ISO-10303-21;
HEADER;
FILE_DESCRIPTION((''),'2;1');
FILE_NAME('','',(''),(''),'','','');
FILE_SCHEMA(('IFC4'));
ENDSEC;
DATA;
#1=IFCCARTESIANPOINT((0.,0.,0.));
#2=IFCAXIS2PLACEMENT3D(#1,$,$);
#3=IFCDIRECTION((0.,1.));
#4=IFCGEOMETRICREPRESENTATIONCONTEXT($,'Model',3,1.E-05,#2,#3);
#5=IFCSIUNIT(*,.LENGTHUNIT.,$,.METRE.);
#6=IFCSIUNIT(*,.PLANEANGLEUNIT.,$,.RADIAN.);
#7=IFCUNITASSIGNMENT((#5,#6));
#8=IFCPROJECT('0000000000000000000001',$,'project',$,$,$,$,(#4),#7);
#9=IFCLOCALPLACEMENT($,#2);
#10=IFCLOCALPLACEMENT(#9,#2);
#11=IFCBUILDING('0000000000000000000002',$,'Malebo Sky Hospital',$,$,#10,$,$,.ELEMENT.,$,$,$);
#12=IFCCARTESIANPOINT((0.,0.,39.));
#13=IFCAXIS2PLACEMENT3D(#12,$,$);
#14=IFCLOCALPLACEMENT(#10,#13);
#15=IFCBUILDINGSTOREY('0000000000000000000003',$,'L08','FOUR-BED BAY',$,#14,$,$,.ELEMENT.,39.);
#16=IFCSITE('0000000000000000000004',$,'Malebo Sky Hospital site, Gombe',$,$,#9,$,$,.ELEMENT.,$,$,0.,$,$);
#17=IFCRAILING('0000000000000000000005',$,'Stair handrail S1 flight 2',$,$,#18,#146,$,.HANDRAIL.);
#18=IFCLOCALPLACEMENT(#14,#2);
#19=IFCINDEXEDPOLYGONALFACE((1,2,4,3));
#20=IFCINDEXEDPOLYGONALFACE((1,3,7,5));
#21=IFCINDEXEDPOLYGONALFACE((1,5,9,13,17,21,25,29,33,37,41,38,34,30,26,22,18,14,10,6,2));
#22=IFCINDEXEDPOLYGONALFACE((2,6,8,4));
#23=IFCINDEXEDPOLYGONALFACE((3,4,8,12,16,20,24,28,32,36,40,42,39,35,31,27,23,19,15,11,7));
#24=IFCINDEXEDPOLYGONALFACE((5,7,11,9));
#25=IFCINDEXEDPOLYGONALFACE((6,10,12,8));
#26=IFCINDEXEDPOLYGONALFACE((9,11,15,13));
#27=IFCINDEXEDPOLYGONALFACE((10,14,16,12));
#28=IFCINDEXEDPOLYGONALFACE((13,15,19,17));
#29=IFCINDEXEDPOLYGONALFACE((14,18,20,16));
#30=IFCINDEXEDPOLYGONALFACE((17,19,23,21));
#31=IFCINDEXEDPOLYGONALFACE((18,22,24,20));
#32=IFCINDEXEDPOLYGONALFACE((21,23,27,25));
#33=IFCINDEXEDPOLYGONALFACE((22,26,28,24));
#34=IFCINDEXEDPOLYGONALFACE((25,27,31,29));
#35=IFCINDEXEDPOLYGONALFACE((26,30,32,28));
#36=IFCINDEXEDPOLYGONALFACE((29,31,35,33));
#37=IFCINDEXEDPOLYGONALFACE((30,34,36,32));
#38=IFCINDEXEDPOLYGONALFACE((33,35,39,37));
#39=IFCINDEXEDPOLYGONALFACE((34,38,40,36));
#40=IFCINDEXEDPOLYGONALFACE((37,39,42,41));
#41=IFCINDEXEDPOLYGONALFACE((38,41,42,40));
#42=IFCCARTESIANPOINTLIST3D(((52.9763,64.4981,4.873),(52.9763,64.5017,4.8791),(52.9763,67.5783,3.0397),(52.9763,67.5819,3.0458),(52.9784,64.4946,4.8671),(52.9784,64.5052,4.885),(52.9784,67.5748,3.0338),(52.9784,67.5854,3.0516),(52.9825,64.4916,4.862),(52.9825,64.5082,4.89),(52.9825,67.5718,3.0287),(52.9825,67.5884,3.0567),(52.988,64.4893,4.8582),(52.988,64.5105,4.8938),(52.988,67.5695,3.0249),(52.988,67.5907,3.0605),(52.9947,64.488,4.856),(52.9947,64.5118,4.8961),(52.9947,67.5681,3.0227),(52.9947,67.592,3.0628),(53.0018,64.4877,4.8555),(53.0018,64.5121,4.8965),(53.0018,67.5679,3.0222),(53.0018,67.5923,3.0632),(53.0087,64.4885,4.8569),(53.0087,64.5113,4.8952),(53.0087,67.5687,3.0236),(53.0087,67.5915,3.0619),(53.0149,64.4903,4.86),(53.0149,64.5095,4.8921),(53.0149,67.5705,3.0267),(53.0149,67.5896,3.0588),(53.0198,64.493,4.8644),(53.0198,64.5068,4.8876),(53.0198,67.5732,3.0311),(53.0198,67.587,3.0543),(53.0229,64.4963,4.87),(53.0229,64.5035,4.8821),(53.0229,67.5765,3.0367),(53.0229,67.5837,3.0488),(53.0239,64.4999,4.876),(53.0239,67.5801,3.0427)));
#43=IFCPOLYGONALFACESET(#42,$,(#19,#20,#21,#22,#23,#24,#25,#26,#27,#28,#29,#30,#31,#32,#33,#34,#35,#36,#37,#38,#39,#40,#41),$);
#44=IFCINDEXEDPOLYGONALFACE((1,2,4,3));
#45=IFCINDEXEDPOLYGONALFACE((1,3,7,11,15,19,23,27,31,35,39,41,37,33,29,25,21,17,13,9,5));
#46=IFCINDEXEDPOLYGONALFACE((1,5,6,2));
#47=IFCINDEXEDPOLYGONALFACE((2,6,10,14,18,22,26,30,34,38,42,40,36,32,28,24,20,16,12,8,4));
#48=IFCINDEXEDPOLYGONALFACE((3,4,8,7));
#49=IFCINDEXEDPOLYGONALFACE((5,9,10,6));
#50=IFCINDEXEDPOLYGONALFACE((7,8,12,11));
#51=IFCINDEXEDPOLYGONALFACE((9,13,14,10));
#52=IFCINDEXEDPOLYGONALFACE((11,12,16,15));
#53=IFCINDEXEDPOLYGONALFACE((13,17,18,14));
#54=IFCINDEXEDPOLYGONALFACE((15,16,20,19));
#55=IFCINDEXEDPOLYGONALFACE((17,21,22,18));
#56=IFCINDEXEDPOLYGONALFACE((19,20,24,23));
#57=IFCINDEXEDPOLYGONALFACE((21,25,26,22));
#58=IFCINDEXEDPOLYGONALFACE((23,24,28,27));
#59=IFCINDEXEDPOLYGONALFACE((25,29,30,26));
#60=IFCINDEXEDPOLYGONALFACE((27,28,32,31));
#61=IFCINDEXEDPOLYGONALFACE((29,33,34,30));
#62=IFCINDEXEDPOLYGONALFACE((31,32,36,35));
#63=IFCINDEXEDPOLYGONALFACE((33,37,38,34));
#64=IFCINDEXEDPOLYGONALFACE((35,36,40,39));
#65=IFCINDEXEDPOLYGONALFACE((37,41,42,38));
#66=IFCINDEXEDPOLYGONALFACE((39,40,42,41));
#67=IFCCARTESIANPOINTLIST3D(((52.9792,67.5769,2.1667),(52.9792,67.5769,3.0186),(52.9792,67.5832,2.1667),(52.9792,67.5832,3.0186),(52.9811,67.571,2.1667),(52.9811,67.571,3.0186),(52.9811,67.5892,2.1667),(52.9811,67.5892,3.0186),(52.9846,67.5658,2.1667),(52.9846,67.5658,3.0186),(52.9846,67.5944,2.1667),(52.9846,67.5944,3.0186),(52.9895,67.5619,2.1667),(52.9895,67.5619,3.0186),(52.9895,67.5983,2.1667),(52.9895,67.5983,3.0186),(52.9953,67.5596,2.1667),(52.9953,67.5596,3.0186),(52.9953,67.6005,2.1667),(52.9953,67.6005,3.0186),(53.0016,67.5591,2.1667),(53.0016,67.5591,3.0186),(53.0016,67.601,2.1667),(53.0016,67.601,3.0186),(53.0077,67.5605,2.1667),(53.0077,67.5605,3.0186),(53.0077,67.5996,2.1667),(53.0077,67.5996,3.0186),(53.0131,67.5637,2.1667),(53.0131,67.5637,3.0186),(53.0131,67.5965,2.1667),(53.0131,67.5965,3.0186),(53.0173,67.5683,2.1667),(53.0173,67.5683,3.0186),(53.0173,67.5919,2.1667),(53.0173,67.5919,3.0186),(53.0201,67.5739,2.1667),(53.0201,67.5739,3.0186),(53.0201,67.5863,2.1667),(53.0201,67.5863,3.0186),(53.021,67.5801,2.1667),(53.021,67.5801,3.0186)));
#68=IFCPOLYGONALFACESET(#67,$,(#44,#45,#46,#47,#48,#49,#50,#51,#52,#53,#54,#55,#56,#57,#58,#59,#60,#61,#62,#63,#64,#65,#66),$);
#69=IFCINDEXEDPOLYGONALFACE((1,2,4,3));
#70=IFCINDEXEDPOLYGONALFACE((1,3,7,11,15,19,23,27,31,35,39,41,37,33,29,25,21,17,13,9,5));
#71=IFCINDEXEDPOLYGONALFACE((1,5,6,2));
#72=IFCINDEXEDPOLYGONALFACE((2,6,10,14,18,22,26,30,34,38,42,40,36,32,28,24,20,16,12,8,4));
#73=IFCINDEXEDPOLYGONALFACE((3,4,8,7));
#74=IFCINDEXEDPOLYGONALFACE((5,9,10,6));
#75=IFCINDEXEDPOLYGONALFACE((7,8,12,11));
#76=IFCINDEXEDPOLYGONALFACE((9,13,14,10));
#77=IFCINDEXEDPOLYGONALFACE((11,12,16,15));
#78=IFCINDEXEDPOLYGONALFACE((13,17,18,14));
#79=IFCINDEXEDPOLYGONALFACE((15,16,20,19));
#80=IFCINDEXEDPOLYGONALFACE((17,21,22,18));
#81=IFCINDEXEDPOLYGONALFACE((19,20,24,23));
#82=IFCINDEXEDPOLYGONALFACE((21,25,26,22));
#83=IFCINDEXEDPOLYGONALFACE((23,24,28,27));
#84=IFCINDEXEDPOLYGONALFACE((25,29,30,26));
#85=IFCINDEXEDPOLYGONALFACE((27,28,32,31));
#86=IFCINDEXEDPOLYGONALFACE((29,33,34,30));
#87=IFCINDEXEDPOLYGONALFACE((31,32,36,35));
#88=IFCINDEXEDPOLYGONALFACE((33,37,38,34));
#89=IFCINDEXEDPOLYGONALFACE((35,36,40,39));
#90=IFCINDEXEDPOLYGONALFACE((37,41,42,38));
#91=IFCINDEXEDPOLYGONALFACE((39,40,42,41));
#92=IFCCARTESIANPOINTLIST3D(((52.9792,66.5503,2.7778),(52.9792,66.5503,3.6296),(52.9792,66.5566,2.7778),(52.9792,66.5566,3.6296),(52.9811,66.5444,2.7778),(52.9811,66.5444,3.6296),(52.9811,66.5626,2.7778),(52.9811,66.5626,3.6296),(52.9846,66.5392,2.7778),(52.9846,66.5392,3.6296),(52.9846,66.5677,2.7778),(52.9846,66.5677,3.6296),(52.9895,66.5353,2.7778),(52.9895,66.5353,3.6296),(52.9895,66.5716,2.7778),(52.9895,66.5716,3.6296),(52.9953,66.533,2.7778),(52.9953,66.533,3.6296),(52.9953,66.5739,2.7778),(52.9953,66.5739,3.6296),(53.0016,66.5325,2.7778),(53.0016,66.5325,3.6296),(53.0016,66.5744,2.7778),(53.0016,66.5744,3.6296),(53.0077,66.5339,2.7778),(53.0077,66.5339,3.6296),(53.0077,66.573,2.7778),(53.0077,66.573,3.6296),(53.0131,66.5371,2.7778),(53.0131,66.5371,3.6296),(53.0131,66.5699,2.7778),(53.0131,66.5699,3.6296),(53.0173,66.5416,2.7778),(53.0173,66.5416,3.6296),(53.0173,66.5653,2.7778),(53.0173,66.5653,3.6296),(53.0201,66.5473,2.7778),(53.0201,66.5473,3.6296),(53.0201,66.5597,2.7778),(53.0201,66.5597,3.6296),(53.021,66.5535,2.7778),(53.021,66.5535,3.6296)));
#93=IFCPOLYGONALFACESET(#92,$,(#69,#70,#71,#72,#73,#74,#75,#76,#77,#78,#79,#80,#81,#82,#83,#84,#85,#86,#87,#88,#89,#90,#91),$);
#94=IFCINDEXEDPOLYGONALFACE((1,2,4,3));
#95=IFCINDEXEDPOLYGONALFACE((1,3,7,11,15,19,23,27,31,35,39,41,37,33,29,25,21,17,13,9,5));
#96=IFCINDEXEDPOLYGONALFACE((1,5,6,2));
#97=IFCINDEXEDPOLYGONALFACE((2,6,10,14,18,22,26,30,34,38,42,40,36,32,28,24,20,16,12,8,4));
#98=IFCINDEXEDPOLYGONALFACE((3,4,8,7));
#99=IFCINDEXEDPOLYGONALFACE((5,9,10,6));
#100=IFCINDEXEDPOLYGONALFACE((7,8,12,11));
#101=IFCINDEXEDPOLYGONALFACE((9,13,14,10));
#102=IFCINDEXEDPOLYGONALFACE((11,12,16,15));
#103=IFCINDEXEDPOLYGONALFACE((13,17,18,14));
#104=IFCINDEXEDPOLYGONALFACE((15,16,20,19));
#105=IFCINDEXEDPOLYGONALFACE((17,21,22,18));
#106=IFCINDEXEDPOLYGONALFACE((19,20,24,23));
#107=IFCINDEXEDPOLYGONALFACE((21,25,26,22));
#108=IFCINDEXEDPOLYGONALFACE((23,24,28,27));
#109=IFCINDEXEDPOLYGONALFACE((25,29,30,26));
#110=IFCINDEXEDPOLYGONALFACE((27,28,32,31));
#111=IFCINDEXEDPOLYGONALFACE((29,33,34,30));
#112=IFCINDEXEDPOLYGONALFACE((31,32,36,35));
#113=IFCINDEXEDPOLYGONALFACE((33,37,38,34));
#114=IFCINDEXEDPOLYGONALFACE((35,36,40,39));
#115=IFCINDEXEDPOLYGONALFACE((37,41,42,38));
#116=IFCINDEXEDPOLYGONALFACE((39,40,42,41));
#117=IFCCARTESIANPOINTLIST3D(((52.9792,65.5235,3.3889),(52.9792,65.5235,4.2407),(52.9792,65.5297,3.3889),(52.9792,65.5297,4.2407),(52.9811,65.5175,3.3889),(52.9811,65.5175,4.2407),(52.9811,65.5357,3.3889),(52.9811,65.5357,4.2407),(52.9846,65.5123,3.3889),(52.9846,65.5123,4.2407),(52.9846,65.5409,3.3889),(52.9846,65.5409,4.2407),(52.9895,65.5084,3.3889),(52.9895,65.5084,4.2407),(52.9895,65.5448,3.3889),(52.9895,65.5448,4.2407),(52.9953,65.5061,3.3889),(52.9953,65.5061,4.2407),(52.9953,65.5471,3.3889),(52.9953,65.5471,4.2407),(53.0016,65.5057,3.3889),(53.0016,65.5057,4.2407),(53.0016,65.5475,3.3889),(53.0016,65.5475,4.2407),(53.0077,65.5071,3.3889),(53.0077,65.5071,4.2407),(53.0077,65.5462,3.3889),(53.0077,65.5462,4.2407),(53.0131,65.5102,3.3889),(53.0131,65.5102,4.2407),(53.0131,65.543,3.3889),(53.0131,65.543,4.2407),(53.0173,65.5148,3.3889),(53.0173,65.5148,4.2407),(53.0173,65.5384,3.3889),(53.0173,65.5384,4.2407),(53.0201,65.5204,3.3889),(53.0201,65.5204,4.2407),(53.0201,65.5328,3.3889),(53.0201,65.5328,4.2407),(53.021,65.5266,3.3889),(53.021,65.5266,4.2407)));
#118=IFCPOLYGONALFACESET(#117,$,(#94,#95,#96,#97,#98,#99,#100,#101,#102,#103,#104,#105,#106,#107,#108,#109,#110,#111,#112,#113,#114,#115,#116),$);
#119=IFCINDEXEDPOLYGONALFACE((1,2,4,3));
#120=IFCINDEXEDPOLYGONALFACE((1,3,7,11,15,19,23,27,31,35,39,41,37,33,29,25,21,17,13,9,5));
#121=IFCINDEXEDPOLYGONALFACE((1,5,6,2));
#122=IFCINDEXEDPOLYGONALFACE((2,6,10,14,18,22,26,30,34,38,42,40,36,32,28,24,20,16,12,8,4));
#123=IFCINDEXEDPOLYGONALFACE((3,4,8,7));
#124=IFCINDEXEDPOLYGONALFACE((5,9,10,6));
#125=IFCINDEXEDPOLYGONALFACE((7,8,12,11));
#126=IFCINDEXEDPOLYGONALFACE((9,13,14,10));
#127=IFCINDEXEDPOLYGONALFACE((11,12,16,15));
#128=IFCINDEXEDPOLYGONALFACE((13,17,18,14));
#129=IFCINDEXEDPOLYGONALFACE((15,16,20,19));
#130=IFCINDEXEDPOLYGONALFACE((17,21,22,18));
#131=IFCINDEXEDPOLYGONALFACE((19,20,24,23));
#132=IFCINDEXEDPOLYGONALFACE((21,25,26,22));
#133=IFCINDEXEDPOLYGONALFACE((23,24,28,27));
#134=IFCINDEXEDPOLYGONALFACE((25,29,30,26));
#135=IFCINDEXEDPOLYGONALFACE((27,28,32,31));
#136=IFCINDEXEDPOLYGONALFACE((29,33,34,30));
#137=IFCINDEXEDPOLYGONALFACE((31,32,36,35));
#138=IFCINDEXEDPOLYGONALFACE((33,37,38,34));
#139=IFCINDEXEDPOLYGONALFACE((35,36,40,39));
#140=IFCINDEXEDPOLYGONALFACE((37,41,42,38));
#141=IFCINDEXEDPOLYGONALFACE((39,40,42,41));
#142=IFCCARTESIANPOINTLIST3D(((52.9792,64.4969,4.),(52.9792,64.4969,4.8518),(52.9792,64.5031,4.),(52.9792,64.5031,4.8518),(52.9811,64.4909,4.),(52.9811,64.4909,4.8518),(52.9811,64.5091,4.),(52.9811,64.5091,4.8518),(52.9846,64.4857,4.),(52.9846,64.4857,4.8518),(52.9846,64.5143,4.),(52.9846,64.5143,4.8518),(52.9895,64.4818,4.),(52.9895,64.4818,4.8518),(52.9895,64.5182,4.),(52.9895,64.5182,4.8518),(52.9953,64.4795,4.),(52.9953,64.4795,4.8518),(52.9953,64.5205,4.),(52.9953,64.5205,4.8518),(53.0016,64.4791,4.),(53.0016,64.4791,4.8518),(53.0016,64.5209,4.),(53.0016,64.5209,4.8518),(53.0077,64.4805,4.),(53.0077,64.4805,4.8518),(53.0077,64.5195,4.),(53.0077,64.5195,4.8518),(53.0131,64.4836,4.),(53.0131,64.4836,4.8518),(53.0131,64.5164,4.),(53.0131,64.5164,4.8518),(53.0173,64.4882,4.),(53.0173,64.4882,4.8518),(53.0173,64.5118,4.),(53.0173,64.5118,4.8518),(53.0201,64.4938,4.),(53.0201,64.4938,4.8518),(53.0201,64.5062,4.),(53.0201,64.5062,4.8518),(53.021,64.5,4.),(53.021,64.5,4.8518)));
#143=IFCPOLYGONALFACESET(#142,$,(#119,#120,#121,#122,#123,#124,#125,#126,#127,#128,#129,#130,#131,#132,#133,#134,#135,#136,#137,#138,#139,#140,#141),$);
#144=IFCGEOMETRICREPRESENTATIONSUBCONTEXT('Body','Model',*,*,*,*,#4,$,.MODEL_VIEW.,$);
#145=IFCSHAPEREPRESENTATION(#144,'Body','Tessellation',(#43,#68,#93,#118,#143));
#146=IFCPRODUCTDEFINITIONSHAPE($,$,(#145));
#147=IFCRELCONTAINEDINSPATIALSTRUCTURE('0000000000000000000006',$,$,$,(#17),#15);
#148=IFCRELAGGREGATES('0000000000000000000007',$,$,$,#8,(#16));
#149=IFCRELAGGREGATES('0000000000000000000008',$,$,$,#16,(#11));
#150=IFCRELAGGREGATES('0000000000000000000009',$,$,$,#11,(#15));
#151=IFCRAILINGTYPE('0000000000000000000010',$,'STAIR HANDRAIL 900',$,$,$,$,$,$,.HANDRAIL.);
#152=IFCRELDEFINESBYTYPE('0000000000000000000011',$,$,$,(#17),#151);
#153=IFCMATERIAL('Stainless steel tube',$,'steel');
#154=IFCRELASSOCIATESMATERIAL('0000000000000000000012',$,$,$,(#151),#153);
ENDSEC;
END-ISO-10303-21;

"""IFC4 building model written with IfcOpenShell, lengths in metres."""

from ifc_helpers import new_model, si_unit, direction, frame, origin, origin_2d, place, context, subcontext, project, spatial, circle, extrude, material, type_object, element, save


model = new_model("IFC4")

# Units and contexts
model_context = context("Model", 3, precision=1e-05, world=origin(), true_north=direction((0.0, 1.0)))
body_context = subcontext(model_context, "Body", "Model", "MODEL_VIEW")
ifc_project = project(units=[si_unit("LENGTHUNIT", "METRE"), si_unit("PLANEANGLEUNIT", "RADIAN")], contexts=[model_context])

# Site, building, storey
site_placement = place(None, origin())
site = spatial("IfcSite", under=ifc_project, at=site_placement, Name="Malebo Sky Hospital site, Gombe", CompositionType="ELEMENT", RefElevation=0.0)
building_placement = place(site_placement, origin())
building = spatial("IfcBuilding", under=site, at=building_placement, Name="Malebo Sky Hospital", CompositionType="ELEMENT")
storey_placement = place(building_placement, frame((0.0, 0.0, 39.0)))
storey = spatial("IfcBuildingStorey", under=building, at=storey_placement, Name="L08", Description="FOUR-BED BAY", CompositionType="ELEMENT", Elevation=39.0)

# Railing
ifc_material_1 = material(Name="Stainless steel tube", Category="steel")
railing_type = type_object("IfcRailingType", Name="STAIR HANDRAIL 900", PredefinedType="HANDRAIL", material=ifc_material_1)
railing_1_placement = place(storey_placement, frame((53.0, 67.5801, 2.1667)))
element("IfcRailing", 1, at=railing_1_placement, inside=storey, type_object=railing_type, Name="Stair handrail S1 flight 2", PredefinedType="HANDRAIL", context=body_context, shape_type="SweptSolid", body=[
    extrude(circle(Radius=0.0239, at=origin_2d()), frame((0.0, 0.0, 0.876), z_axis=(0.0, -0.859309, 0.511458), x_axis=(1.0, 0.0, 0.0)), (0.0, 0.0, 1.0), 3.5845),
    extrude(circle(Radius=0.021, at=origin_2d()), origin(), (0.0, 0.0, 1.0), 0.8518),
    extrude(circle(Radius=0.021, at=origin_2d()), frame((0.0, -1.0266, 0.6111)), (0.0, 0.0, 1.0), 0.8518),
    extrude(circle(Radius=0.021, at=origin_2d()), frame((0.0, -2.0535, 1.2222)), (0.0, 0.0, 1.0), 0.8518),
    extrude(circle(Radius=0.021, at=origin_2d()), frame((0.0, -3.0801, 1.8333)), (0.0, 0.0, 1.0), 0.8518),
])

save(model, "model.ifc")
